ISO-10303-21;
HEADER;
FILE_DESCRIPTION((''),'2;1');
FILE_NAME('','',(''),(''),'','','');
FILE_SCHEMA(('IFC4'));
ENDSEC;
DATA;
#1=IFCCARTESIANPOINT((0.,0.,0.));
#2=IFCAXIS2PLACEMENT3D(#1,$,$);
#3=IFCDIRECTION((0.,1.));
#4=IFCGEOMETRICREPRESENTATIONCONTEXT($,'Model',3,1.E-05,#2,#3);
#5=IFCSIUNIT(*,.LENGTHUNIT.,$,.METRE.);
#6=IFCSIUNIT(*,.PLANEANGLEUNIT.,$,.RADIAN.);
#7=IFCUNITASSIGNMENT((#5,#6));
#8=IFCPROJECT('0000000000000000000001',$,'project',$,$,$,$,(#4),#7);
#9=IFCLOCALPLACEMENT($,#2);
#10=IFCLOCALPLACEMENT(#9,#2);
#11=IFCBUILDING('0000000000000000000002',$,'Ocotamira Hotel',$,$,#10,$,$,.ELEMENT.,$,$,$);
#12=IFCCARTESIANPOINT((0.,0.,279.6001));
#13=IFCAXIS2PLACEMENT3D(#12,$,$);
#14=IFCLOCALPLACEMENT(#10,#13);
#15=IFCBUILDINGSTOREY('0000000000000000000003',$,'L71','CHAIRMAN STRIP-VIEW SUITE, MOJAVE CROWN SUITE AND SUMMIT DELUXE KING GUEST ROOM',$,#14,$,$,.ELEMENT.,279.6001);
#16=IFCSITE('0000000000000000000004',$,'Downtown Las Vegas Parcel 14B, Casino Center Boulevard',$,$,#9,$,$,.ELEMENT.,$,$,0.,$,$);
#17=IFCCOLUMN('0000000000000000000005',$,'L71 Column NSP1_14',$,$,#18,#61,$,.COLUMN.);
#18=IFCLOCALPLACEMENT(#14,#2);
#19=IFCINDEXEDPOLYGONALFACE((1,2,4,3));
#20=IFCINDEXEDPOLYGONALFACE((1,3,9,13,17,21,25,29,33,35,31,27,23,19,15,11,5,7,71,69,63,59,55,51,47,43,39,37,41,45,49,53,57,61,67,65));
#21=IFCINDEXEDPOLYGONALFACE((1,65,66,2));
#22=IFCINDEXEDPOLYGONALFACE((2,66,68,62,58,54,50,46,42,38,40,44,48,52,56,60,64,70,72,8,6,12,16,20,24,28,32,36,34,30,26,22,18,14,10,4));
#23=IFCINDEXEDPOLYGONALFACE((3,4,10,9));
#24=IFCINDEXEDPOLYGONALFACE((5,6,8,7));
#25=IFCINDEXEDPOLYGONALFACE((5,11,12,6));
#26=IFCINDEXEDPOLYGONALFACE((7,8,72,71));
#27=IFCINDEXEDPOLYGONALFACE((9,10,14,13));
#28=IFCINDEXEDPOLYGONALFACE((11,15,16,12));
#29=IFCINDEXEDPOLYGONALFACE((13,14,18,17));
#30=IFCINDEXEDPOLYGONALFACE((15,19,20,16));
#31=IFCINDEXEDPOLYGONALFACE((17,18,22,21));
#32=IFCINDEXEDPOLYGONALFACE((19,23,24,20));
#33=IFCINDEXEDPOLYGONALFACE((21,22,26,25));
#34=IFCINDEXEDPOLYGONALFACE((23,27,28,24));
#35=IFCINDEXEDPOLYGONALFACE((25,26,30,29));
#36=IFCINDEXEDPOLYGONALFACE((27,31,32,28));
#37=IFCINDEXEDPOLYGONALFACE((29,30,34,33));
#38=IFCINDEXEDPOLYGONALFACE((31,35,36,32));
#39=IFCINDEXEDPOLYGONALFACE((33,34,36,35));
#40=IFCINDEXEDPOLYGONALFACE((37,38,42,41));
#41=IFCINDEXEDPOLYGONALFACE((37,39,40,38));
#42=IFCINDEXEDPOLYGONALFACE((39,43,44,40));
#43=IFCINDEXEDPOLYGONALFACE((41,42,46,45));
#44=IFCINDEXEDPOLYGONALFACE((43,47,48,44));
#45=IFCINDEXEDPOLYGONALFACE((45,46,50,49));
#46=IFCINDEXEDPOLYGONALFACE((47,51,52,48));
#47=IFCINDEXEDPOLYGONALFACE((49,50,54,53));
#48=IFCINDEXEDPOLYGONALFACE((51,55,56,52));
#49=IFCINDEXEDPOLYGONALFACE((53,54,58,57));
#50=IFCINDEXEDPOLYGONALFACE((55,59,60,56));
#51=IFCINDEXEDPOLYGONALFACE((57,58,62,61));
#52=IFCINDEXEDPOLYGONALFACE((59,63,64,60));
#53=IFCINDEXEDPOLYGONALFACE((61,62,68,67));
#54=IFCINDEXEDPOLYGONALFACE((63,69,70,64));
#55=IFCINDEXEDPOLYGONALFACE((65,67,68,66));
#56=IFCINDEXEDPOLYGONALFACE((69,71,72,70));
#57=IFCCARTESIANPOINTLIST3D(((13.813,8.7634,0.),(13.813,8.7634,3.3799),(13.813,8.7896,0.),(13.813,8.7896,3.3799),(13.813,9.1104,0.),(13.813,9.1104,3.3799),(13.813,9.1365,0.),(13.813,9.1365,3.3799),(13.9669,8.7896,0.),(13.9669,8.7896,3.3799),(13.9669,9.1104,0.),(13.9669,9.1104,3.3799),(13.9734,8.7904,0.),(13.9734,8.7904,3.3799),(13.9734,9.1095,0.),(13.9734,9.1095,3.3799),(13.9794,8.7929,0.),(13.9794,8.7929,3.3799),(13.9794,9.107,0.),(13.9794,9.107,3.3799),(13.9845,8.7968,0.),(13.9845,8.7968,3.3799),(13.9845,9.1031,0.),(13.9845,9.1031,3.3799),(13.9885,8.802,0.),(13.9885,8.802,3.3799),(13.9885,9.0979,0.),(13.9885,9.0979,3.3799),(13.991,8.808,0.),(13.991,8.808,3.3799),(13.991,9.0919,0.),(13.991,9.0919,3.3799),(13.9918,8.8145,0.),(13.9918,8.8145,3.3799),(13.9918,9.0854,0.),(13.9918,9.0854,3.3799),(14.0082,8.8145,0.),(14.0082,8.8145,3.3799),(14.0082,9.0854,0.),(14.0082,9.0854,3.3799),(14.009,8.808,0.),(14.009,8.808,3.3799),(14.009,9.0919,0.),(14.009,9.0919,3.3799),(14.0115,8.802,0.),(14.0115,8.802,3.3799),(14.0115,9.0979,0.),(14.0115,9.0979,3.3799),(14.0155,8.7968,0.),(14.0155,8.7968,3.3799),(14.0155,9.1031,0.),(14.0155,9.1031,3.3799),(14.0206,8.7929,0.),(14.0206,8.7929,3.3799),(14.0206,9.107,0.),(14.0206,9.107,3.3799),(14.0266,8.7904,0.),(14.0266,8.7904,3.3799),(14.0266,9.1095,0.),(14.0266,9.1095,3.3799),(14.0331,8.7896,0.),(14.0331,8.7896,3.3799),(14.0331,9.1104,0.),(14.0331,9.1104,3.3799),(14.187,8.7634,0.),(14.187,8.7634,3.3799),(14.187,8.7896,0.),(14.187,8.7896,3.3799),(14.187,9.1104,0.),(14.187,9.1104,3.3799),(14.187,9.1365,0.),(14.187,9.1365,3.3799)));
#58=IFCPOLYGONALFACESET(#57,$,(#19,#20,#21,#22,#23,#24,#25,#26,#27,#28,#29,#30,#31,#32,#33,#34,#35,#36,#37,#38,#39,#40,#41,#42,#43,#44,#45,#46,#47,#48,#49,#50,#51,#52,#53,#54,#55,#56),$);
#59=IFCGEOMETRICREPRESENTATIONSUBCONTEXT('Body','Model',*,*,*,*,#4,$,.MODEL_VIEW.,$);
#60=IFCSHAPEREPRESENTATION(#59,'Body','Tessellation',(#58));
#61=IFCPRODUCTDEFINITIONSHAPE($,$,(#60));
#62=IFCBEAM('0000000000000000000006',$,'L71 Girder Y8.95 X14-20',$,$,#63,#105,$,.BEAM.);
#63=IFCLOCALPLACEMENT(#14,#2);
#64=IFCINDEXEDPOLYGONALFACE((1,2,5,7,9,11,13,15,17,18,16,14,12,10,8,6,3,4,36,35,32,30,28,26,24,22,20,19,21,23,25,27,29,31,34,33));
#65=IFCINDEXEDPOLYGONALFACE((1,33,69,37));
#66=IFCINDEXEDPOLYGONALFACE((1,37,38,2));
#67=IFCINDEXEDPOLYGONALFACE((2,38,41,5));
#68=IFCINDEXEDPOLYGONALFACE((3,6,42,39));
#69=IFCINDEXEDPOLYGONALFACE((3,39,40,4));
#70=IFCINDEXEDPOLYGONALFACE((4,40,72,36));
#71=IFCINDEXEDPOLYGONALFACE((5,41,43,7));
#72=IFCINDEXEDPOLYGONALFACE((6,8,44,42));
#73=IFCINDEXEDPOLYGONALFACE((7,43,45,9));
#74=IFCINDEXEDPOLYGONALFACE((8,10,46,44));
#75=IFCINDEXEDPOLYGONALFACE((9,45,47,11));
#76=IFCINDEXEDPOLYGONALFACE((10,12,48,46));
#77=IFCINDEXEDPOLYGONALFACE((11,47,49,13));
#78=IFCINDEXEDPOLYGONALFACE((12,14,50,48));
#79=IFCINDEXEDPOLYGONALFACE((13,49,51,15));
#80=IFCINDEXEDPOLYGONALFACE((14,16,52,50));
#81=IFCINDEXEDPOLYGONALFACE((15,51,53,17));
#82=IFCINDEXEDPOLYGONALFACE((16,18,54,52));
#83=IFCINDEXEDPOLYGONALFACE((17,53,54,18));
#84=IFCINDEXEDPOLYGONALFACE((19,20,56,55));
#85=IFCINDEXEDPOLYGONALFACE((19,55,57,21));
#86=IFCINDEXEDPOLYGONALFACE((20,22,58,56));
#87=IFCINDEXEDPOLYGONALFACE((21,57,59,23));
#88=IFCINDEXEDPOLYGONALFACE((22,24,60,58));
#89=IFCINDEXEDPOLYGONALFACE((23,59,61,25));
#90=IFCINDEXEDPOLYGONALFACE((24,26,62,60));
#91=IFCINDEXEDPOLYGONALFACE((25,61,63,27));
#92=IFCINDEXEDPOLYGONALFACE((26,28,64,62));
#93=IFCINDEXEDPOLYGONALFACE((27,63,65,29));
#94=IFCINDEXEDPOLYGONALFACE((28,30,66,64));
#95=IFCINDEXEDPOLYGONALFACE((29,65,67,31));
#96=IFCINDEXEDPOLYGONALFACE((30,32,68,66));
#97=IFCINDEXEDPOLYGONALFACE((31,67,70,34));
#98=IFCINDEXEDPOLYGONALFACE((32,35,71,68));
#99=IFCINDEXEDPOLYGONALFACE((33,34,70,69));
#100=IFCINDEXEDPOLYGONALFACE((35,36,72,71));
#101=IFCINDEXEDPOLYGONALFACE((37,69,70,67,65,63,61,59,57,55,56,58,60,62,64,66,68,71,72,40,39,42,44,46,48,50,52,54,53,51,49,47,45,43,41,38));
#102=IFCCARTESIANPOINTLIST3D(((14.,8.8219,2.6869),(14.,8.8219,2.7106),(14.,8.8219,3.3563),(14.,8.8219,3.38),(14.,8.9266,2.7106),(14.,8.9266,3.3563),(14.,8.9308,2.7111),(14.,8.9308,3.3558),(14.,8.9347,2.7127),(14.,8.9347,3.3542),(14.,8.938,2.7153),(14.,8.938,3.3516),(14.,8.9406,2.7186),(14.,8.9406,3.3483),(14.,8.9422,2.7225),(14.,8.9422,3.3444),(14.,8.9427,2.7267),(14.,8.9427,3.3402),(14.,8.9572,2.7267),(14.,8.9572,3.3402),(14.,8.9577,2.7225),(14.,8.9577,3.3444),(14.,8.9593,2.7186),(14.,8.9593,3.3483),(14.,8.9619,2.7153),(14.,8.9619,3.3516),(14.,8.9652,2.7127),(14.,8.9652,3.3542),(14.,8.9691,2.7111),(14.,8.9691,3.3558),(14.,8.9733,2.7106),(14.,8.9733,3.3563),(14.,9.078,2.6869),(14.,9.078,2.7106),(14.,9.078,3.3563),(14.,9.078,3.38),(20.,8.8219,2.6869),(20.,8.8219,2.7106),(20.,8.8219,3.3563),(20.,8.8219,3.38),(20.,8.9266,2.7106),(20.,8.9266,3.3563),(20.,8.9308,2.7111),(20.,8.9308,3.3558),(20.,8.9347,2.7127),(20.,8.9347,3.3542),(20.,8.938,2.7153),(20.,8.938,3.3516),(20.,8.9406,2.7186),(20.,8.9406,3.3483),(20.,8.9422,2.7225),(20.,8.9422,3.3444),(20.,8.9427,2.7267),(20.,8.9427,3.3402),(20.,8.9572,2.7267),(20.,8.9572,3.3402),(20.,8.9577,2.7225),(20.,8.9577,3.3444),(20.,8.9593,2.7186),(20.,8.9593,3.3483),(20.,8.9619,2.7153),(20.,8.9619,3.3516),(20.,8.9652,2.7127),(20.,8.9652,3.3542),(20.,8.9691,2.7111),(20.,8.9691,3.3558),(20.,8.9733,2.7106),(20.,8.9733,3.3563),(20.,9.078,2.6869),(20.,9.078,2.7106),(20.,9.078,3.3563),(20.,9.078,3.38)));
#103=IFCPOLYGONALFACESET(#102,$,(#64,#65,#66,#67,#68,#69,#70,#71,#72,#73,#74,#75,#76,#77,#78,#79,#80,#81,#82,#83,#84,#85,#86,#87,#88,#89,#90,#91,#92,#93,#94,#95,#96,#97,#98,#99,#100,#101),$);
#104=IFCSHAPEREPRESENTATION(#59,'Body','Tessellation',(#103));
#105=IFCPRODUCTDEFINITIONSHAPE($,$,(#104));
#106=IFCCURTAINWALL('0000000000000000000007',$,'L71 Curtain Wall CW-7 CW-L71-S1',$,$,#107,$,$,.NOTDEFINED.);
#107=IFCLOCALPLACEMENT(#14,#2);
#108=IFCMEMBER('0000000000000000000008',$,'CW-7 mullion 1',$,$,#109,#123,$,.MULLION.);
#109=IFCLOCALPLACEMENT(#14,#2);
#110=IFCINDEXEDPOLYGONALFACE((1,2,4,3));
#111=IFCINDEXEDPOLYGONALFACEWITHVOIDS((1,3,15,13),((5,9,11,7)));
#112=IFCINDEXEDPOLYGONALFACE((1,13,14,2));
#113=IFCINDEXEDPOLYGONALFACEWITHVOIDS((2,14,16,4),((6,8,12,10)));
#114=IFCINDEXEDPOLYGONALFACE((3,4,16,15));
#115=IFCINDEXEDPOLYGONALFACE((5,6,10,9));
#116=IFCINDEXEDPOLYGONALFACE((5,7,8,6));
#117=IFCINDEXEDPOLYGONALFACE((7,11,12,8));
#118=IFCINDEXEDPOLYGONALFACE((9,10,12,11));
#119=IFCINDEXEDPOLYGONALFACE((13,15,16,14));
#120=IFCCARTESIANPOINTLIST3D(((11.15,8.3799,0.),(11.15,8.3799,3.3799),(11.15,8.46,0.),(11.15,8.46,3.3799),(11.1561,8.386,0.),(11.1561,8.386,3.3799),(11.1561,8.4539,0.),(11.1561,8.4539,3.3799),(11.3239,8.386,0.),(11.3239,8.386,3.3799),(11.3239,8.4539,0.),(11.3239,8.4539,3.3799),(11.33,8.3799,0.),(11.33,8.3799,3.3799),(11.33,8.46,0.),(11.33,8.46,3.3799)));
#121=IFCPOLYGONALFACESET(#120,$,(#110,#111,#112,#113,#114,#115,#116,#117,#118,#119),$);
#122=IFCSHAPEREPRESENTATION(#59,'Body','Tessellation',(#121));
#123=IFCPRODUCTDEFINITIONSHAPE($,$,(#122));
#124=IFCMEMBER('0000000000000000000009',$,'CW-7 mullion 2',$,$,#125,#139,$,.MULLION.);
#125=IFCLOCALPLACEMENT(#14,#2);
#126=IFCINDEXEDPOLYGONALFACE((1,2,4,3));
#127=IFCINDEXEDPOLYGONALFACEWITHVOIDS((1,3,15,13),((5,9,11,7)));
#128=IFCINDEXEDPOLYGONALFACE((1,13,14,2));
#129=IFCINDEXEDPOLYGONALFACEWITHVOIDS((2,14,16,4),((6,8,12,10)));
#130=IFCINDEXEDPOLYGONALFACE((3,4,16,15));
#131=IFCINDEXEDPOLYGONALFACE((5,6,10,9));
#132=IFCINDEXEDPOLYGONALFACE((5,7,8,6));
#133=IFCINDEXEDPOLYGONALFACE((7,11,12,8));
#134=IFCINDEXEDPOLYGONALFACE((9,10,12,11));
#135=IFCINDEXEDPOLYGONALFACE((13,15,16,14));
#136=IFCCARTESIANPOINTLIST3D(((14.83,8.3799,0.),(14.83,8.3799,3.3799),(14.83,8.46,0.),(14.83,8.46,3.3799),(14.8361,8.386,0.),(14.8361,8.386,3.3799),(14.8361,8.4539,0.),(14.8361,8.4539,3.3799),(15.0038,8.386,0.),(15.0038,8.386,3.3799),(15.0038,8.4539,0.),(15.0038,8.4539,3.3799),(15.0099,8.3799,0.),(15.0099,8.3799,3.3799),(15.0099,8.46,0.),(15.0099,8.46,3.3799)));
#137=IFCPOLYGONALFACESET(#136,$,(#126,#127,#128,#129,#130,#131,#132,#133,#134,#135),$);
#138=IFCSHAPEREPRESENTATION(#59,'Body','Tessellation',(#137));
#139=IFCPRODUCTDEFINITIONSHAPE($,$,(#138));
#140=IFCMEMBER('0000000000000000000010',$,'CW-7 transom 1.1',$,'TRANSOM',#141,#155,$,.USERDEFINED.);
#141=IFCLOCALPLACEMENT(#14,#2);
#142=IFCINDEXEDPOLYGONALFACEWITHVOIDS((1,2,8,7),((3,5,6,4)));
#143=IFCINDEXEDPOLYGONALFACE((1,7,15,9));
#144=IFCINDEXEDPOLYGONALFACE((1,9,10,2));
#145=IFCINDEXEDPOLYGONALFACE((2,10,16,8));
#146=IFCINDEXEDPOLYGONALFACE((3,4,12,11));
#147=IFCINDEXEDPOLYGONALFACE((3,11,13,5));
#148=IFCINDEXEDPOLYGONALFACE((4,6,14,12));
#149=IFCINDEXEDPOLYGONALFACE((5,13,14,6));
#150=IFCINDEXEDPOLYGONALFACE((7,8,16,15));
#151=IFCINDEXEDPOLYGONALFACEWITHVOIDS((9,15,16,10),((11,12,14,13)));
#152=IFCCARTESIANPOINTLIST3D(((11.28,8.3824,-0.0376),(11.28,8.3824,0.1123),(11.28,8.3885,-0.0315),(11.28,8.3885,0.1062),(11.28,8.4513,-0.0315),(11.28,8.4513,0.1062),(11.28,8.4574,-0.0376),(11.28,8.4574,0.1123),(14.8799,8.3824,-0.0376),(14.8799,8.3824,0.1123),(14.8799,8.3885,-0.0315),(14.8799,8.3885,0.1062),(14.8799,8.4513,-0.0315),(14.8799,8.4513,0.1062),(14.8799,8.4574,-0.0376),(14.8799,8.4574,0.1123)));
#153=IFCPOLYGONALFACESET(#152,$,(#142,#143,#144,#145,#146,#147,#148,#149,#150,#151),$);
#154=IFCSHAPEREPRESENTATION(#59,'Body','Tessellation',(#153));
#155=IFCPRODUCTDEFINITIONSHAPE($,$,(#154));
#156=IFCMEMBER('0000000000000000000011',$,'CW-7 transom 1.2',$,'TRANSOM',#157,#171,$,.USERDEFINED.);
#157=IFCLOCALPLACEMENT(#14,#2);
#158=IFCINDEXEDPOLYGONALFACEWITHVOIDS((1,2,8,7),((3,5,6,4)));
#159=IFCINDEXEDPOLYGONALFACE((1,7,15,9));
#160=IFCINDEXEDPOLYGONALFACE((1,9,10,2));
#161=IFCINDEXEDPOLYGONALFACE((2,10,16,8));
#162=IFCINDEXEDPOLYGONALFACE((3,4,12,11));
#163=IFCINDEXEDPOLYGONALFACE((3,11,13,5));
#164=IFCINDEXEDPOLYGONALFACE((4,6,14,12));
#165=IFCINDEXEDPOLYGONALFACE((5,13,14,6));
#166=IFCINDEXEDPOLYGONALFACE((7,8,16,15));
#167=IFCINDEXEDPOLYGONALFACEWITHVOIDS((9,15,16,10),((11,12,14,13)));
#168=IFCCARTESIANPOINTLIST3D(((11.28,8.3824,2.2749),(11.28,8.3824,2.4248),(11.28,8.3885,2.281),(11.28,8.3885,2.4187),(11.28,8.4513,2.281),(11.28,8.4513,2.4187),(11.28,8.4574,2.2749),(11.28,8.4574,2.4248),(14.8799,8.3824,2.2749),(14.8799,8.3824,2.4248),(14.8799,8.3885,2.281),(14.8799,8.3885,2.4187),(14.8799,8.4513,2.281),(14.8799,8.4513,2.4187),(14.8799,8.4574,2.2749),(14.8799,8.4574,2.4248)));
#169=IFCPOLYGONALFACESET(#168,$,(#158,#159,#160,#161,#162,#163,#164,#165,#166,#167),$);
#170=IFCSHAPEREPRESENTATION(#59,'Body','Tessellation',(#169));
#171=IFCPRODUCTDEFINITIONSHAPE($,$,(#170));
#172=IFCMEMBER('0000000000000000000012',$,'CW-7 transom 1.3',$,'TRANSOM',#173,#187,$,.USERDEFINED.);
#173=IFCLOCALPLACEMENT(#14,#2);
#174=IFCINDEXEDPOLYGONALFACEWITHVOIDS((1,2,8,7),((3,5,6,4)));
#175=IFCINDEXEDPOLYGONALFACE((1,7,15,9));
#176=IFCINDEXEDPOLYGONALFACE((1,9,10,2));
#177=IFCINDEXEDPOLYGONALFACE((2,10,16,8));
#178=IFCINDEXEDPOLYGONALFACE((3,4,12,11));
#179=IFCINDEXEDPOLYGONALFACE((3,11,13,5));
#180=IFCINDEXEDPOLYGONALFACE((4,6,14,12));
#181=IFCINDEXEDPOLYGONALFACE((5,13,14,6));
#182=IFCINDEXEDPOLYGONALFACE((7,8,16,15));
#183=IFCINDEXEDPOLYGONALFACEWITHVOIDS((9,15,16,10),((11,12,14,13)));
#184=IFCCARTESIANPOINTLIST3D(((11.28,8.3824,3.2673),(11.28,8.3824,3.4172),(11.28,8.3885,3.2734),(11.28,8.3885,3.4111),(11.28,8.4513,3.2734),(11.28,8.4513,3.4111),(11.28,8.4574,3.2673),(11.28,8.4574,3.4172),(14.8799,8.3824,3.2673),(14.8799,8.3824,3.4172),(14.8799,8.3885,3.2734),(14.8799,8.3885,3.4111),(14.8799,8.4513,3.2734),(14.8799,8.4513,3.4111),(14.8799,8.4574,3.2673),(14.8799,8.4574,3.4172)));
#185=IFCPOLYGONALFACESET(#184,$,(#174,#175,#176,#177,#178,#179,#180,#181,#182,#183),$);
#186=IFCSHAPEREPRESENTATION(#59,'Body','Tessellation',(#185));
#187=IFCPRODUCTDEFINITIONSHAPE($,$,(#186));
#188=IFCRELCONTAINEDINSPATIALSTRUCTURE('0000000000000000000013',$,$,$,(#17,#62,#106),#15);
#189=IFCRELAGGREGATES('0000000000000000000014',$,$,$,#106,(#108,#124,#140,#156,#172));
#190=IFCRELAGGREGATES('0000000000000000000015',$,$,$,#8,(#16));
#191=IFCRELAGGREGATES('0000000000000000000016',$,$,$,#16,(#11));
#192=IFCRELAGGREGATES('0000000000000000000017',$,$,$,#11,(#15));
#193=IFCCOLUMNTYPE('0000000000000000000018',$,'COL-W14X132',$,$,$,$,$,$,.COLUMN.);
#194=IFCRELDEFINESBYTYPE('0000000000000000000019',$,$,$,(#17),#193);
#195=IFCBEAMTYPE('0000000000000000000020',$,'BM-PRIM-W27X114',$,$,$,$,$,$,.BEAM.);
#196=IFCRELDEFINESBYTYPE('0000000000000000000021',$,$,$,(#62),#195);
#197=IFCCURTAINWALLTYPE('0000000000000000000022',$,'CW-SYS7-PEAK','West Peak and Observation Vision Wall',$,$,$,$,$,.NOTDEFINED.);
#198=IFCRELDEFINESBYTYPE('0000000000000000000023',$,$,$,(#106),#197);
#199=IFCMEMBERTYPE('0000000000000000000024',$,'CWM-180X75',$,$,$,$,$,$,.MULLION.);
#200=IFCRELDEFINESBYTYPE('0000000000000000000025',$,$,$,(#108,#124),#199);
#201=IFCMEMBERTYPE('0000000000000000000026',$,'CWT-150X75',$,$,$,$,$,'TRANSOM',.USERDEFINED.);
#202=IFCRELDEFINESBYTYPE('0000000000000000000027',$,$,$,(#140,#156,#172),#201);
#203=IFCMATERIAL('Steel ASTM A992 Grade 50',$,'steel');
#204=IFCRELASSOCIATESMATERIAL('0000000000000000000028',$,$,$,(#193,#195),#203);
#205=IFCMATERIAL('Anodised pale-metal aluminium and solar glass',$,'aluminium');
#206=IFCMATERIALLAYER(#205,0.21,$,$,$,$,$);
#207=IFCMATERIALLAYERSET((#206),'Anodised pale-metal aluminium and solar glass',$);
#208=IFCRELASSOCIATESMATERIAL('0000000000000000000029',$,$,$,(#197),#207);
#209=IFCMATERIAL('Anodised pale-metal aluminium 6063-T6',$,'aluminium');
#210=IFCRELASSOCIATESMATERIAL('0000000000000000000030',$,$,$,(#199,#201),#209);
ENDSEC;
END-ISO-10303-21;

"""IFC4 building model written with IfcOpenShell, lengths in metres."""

from ifc_helpers import new_model, si_unit, direction, frame, origin, origin_2d, place, context, subcontext, project, spatial, hollow_rectangle, i_section, extrude, source, transform, mapped, material, layer, layer_set, material_profile, profile_set, type_object, element, aggregate, save


model = new_model("IFC4")

# Units and contexts
model_context = context("Model", 3, precision=1e-05, world=origin(), true_north=direction((0.0, 1.0)))
body_context = subcontext(model_context, "Body", "Model", "MODEL_VIEW")
ifc_project = project(units=[si_unit("LENGTHUNIT", "METRE"), si_unit("PLANEANGLEUNIT", "RADIAN")], contexts=[model_context])

# Site, building, storey
site_placement = place(None, origin())
site = spatial("IfcSite", under=ifc_project, at=site_placement, Name="Downtown Las Vegas Parcel 14B, Casino Center Boulevard", CompositionType="ELEMENT", RefElevation=0.0)
building_placement = place(site_placement, origin())
building = spatial("IfcBuilding", under=site, at=building_placement, Name="Ocotamira Hotel", CompositionType="ELEMENT")
storey_placement = place(building_placement, frame((0.0, 0.0, 279.6001)))
storey = spatial("IfcBuildingStorey", under=building, at=storey_placement, Name="L71", Description="CHAIRMAN STRIP-VIEW SUITE, MOJAVE CROWN SUITE AND SUMMIT DELUXE KING GUEST ROOM", CompositionType="ELEMENT", Elevation=279.6001)

# Column
ifc_material_1 = material(Name="Steel ASTM A992 Grade 50", Category="steel")
ifc_material_profile_1 = material_profile(ifc_material_1, i_section(OverallWidth=0.374, OverallDepth=0.373, WebThickness=0.0164, FlangeThickness=0.0261, FilletRadius=0.0249, at=origin_2d()), Name="W14X132")
ifc_profile_set_1 = profile_set([ifc_material_profile_1], Name="Steel ASTM A992 Grade 50")
column_type = type_object("IfcColumnType", Name="COL-W14X132", PredefinedType="COLUMN", material=ifc_profile_set_1)
shared_shape_1 = source(origin(), body_context, "Body", "SweptSolid", [
    extrude(i_section(OverallWidth=0.374, OverallDepth=0.373, WebThickness=0.0164, FlangeThickness=0.0261, FilletRadius=0.0249, at=origin_2d()), origin(), (0.0, 0.0, 1.0), 3.3799),
])
column_placement = place(storey_placement, frame((14.0, 8.95, 0.0), z_axis=(0.0, 0.0, 1.0), x_axis=(1.0, 0.0, 0.0)))
element("IfcColumn", 1, at=column_placement, inside=storey, type_object=column_type, Name="L71 Column NSP1_14", PredefinedType="COLUMN", context=body_context, shape_type="MappedRepresentation", body=[
    mapped(shared_shape_1, transform((0.0, 0.0, 0.0), scale=1.0)),
])

# Beam
ifc_material_profile_2 = material_profile(ifc_material_1, i_section(OverallWidth=0.2561, OverallDepth=0.6931, WebThickness=0.0144, FlangeThickness=0.0237, FilletRadius=0.0161, at=origin_2d()), Name="W27X114")
ifc_profile_set_2 = profile_set([ifc_material_profile_2], Name="Steel ASTM A992 Grade 50")
beam_type = type_object("IfcBeamType", Name="BM-PRIM-W27X114", PredefinedType="BEAM", material=ifc_profile_set_2)
shared_shape_2 = source(origin(), body_context, "Body", "SweptSolid", [
    extrude(i_section(OverallWidth=0.2561, OverallDepth=0.6931, WebThickness=0.0144, FlangeThickness=0.0237, FilletRadius=0.0161, at=origin_2d()), origin(), (0.0, 0.0, 1.0), 6.0),
])
beam_placement = place(storey_placement, frame((14.0, 8.95, 3.0334), z_axis=(1.0, 0.0, 0.0), x_axis=(0.0, 1.0, 0.0)))
element("IfcBeam", 2, at=beam_placement, inside=storey, type_object=beam_type, Name="L71 Girder Y8.95 X14-20", PredefinedType="BEAM", context=body_context, shape_type="MappedRepresentation", body=[
    mapped(shared_shape_2, transform((0.0, 0.0, 0.0), scale=1.0)),
])

# Curtain wall, members
ifc_material_2 = material(Name="Anodised pale-metal aluminium and solar glass", Category="aluminium")
ifc_layer_1 = layer(ifc_material_2, 0.21)
ifc_layer_set_1 = layer_set([ifc_layer_1], Name="Anodised pale-metal aluminium and solar glass")
curtain_wall_type = type_object("IfcCurtainWallType", Name="CW-SYS7-PEAK", Description="West Peak and Observation Vision Wall", PredefinedType="NOTDEFINED", material=ifc_layer_set_1)
curtain_wall_placement = place(storey_placement, origin())
curtain_wall = element("IfcCurtainWall", 3, at=curtain_wall_placement, inside=storey, type_object=curtain_wall_type, Name="L71 Curtain Wall CW-7 CW-L71-S1", PredefinedType="NOTDEFINED")
ifc_material_3 = material(Name="Anodised pale-metal aluminium 6063-T6", Category="aluminium")
ifc_material_profile_3 = material_profile(ifc_material_3, hollow_rectangle(XDim=0.0801, YDim=0.1799, WallThickness=0.0061, at=origin_2d()), Name="HSS180X80X6")
ifc_profile_set_3 = profile_set([ifc_material_profile_3], Name="Anodised pale-metal aluminium 6063-T6")
member_type_1 = type_object("IfcMemberType", Name="CWM-180X75", PredefinedType="MULLION", material=ifc_profile_set_3)
shared_shape_3 = source(origin(), body_context, "Body", "SweptSolid", [
    extrude(hollow_rectangle(XDim=0.0801, YDim=0.1799, WallThickness=0.0061, at=origin_2d()), origin(), (0.0, 0.0, 1.0), 3.3799),
])
member_1_placement = place(storey_placement, frame((11.24, 8.4199, 0.0), z_axis=(0.0, 0.0, 1.0), x_axis=(0.0, 1.0, 0.0)))
member_1 = element("IfcMember", 4, at=member_1_placement, type_object=member_type_1, Name="CW-7 mullion 1", PredefinedType="MULLION", context=body_context, shape_type="MappedRepresentation", body=[
    mapped(shared_shape_3, transform((0.0, 0.0, 0.0), scale=1.0)),
])
member_2_placement = place(storey_placement, frame((14.9199, 8.4199, 0.0), z_axis=(0.0, 0.0, 1.0), x_axis=(0.0, 1.0, 0.0)))
member_2 = element("IfcMember", 5, at=member_2_placement, type_object=member_type_1, Name="CW-7 mullion 2", PredefinedType="MULLION", context=body_context, shape_type="MappedRepresentation", body=[
    mapped(shared_shape_3, transform((0.0, 0.0, 0.0), scale=1.0)),
])
ifc_material_profile_4 = material_profile(ifc_material_3, hollow_rectangle(XDim=0.075, YDim=0.1499, WallThickness=0.0061, at=origin_2d()), Name="HSS150X75X6")
ifc_profile_set_4 = profile_set([ifc_material_profile_4], Name="Anodised pale-metal aluminium 6063-T6")
member_type_2 = type_object("IfcMemberType", Name="CWT-150X75", ElementType="TRANSOM", PredefinedType="USERDEFINED", material=ifc_profile_set_4)
shared_shape_4 = source(origin(), body_context, "Body", "SweptSolid", [
    extrude(hollow_rectangle(XDim=0.075, YDim=0.1499, WallThickness=0.0061, at=origin_2d()), origin(), (0.0, 0.0, 1.0), 3.5999),
])
member_3_placement = place(storey_placement, frame((11.28, 8.4199, 0.0374), z_axis=(1.0, 0.0, 0.0), x_axis=(0.0, 1.0, 0.0)))
member_3 = element("IfcMember", 6, at=member_3_placement, type_object=member_type_2, Name="CW-7 transom 1.1", ObjectType="TRANSOM", PredefinedType="USERDEFINED", context=body_context, shape_type="MappedRepresentation", body=[
    mapped(shared_shape_4, transform((0.0, 0.0, 0.0), scale=1.0)),
])
member_4_placement = place(storey_placement, frame((11.28, 8.4199, 2.3499), z_axis=(1.0, 0.0, 0.0), x_axis=(0.0, 1.0, 0.0)))
member_4 = element("IfcMember", 7, at=member_4_placement, type_object=member_type_2, Name="CW-7 transom 1.2", ObjectType="TRANSOM", PredefinedType="USERDEFINED", context=body_context, shape_type="MappedRepresentation", body=[
    mapped(shared_shape_4, transform((0.0, 0.0, 0.0), scale=1.0)),
])
member_5_placement = place(storey_placement, frame((11.28, 8.4199, 3.3423), z_axis=(1.0, 0.0, 0.0), x_axis=(0.0, 1.0, 0.0)))
member_5 = element("IfcMember", 8, at=member_5_placement, type_object=member_type_2, Name="CW-7 transom 1.3", ObjectType="TRANSOM", PredefinedType="USERDEFINED", context=body_context, shape_type="MappedRepresentation", body=[
    mapped(shared_shape_4, transform((0.0, 0.0, 0.0), scale=1.0)),
])
aggregate(curtain_wall, [member_1, member_2, member_3, member_4, member_5])

save(model, "model.ifc")
